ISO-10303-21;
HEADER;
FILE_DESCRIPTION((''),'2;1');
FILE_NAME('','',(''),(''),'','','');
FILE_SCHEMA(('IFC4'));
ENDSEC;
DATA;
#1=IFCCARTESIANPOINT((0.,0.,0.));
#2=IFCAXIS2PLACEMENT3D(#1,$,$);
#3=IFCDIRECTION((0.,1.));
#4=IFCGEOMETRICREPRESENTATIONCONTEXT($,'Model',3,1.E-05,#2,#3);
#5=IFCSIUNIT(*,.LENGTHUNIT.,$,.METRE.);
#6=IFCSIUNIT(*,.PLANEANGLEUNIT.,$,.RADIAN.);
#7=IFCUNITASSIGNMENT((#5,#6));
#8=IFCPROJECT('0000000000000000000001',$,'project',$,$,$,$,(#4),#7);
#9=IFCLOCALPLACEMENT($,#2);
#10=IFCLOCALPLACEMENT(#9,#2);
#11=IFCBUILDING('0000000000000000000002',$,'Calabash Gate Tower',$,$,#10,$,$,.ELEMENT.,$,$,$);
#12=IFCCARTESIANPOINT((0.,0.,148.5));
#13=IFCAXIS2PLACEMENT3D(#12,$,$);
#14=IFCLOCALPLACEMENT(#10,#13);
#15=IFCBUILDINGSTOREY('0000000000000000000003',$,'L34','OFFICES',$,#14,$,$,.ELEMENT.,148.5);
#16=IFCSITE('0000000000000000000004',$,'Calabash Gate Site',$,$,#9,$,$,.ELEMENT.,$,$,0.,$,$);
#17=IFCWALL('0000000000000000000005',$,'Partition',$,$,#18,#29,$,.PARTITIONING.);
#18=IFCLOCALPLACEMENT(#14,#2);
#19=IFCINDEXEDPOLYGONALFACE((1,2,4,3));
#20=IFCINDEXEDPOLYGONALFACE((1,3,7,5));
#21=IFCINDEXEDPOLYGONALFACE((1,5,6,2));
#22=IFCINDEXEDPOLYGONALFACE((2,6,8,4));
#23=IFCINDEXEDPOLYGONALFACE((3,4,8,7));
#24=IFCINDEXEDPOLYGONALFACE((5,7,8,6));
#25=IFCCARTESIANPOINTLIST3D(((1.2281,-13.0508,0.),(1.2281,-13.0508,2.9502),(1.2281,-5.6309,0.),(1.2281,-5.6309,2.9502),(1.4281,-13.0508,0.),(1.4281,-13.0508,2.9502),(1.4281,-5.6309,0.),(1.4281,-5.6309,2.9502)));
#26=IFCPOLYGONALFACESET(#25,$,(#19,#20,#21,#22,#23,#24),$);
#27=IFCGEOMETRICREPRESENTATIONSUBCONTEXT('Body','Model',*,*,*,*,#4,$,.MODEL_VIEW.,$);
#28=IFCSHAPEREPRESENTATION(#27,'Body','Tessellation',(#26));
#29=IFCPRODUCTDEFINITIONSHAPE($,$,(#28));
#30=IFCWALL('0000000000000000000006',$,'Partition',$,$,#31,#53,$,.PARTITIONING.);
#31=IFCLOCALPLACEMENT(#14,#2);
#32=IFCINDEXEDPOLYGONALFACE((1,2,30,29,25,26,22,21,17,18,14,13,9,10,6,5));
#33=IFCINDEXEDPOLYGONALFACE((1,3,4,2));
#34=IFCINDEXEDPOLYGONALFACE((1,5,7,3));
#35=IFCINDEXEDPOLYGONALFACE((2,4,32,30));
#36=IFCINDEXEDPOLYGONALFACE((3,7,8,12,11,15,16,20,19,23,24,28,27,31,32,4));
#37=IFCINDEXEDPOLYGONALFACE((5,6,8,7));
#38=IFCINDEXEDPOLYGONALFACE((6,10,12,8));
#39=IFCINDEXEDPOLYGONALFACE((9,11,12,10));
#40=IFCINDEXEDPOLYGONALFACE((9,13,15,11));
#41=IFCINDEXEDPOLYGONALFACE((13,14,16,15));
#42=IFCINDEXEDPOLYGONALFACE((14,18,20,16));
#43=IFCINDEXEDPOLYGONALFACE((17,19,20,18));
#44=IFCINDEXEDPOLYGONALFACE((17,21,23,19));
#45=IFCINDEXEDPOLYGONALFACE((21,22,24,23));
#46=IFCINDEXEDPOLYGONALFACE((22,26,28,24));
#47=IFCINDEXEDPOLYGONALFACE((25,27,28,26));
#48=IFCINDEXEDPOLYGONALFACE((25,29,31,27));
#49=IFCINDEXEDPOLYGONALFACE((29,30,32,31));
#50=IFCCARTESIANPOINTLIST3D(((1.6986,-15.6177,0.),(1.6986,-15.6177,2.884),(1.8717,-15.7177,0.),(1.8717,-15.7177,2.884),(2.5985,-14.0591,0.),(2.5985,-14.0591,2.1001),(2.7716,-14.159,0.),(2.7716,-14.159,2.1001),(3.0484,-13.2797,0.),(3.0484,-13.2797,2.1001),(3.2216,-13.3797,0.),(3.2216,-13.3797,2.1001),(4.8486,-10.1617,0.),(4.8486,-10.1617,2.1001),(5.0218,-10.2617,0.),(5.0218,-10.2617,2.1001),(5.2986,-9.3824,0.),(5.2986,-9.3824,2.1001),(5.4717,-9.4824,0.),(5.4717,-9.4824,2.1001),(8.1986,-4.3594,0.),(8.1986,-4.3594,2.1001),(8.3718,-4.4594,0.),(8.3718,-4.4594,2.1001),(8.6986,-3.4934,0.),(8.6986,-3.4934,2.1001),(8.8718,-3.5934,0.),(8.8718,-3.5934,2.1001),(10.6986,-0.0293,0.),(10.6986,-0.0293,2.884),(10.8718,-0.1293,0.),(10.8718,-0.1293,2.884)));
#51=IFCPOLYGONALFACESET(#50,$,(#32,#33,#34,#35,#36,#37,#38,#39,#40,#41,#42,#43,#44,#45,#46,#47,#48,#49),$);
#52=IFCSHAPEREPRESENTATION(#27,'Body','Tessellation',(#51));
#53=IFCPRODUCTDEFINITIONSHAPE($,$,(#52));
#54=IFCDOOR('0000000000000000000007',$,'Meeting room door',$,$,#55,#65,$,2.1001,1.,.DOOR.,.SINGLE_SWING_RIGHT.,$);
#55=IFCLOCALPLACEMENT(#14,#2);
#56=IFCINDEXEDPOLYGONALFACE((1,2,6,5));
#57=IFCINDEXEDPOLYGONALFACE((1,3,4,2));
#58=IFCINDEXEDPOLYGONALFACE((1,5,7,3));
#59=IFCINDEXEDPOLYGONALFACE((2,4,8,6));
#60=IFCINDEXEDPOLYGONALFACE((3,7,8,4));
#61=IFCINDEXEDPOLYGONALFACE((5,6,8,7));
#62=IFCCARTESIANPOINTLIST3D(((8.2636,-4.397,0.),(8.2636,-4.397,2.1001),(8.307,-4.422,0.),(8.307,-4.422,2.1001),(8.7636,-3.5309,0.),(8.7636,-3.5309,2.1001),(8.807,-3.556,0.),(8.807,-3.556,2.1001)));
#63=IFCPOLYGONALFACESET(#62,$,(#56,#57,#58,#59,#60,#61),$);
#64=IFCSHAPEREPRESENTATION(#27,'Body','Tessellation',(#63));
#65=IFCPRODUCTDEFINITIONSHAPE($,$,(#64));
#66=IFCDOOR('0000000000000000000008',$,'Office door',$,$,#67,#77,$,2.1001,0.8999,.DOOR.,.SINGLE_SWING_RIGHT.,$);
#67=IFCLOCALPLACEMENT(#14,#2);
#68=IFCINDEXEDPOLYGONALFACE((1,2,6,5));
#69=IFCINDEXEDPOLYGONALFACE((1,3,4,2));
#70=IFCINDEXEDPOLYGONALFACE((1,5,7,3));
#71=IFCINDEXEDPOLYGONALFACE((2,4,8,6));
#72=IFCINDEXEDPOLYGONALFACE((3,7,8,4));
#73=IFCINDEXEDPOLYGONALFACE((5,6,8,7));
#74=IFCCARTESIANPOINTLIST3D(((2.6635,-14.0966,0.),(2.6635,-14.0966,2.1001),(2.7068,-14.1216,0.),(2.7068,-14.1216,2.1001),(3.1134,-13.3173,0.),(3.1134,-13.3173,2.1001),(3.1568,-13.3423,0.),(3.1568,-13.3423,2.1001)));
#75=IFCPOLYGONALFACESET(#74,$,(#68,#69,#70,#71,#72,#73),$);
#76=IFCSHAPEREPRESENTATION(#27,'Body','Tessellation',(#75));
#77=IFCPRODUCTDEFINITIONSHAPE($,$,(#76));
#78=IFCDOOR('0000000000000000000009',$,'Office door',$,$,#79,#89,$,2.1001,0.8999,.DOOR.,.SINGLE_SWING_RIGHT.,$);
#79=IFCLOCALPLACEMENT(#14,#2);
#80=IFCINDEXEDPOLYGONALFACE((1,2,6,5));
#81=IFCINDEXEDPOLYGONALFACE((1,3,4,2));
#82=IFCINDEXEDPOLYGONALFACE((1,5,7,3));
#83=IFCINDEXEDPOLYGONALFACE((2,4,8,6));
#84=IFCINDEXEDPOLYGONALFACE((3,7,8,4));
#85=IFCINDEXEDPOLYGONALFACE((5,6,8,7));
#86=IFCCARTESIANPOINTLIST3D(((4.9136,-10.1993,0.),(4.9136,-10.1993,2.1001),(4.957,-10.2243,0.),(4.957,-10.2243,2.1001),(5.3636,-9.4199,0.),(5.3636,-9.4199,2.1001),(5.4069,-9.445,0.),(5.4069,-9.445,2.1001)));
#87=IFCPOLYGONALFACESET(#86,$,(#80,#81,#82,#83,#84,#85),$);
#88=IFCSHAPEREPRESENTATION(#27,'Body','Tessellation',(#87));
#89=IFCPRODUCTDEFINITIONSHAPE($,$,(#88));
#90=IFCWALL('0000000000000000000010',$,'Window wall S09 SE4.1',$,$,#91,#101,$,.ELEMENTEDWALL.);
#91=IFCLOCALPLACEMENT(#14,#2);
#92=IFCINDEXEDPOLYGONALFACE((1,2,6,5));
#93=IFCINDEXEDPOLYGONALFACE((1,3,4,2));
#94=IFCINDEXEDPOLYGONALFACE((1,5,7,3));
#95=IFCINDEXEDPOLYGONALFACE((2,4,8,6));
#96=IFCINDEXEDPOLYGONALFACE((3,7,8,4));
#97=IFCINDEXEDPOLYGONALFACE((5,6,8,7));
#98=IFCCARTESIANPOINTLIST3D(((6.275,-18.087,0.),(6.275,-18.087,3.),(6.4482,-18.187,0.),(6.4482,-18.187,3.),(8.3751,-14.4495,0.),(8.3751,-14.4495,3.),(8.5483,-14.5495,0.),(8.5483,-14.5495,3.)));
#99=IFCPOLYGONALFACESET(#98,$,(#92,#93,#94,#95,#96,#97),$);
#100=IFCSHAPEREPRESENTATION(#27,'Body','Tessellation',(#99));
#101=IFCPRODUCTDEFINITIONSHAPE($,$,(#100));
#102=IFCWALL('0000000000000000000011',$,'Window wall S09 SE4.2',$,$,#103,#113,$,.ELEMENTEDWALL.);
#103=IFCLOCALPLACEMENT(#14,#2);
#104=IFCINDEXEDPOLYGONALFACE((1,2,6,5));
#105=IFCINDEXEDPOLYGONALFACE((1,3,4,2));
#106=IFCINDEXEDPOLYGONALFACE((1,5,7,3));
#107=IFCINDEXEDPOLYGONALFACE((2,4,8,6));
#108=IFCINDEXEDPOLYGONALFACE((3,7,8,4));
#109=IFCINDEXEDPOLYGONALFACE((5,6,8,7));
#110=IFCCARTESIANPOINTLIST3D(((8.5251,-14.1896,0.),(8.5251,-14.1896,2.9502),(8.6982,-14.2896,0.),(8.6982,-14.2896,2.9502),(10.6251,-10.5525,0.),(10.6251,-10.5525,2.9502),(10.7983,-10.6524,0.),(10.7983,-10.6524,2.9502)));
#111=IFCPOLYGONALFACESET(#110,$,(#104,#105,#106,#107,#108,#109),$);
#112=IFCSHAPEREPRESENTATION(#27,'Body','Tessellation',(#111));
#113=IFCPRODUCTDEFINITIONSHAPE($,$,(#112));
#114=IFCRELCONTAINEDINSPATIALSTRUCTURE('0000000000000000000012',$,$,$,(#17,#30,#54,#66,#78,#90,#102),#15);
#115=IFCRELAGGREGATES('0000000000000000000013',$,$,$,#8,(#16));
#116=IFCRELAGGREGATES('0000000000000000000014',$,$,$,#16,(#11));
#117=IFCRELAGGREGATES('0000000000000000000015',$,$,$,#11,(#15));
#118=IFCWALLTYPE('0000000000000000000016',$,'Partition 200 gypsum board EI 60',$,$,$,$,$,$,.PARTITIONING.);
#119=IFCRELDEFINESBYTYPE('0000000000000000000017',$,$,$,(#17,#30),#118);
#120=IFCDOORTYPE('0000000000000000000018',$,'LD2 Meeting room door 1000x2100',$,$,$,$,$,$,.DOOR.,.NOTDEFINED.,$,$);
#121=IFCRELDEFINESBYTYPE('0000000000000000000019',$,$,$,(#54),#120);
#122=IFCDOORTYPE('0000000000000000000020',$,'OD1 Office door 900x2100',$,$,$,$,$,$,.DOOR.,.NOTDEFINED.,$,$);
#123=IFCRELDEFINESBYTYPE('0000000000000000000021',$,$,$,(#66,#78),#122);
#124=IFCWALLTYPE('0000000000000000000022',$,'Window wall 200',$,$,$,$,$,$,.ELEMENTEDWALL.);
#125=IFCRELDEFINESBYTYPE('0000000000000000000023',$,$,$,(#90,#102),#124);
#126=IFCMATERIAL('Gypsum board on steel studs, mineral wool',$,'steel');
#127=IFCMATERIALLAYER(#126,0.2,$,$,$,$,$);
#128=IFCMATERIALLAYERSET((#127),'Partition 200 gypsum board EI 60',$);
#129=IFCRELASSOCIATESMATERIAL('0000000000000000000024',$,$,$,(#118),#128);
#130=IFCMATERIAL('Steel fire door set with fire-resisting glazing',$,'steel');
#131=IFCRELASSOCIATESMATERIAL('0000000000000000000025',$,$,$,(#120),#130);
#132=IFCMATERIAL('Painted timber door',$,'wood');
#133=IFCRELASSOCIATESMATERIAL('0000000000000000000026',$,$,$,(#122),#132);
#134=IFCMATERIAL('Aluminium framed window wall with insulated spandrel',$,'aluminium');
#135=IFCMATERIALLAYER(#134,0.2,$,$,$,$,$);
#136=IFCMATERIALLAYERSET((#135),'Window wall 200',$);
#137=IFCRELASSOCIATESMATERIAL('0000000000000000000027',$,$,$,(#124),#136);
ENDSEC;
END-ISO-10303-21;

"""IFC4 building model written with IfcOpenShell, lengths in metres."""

from ifc_helpers import new_model, si_unit, direction, frame, frame_2d, origin, place, context, subcontext, project, spatial, rectangle, extrude, material, layer, layer_set, type_object, element, fill, save


model = new_model("IFC4")

# Units and contexts
model_context = context("Model", 3, precision=1e-05, world=origin(), true_north=direction((0.0, 1.0)))
body_context = subcontext(model_context, "Body", "Model", "MODEL_VIEW")
ifc_project = project(units=[si_unit("LENGTHUNIT", "METRE"), si_unit("PLANEANGLEUNIT", "RADIAN")], contexts=[model_context])

# Site, building, storey
site_placement = place(None, origin())
site = spatial("IfcSite", under=ifc_project, at=site_placement, Name="Calabash Gate Site", CompositionType="ELEMENT", RefElevation=0.0)
building_placement = place(site_placement, origin())
building = spatial("IfcBuilding", under=site, at=building_placement, Name="Calabash Gate Tower", CompositionType="ELEMENT")
storey_placement = place(building_placement, frame((0.0, 0.0, 148.5)))
storey = spatial("IfcBuildingStorey", under=building, at=storey_placement, Name="L34", Description="OFFICES", CompositionType="ELEMENT", Elevation=148.5)

# Shared definitions
ifc_material_1 = material(Name="Gypsum board on steel studs, mineral wool", Category="steel")
ifc_layer_1 = layer(ifc_material_1, 0.2)
ifc_layer_set_1 = layer_set([ifc_layer_1], Name="Partition 200 gypsum board EI 60")
wall_type_1 = type_object("IfcWallType", Name="Partition 200 gypsum board EI 60", PredefinedType="PARTITIONING", material=ifc_layer_set_1)

# Wall
wall_1_placement = place(storey_placement, frame((1.3281, -13.0508, 0.0), z_axis=(0.0, 0.0, 1.0), x_axis=(0.0, 1.0, 0.0)))
element("IfcWall", 1, at=wall_1_placement, inside=storey, type_object=wall_type_1, Name="Partition", PredefinedType="PARTITIONING", context=body_context, shape_type="SweptSolid", body=[
    extrude(rectangle(XDim=7.4199, YDim=0.2, at=frame_2d((3.71, 0.0))), origin(), (0.0, 0.0, 1.0), 2.9502),
])

# Wall, openings, doors
wall_2_placement = place(storey_placement, frame((1.7852, -15.6677, 0.0), z_axis=(0.0, 0.0, 1.0), x_axis=(0.500002, 0.866024, 0.0)))
wall_2 = element("IfcWall", 2, at=wall_2_placement, inside=storey, type_object=wall_type_1, Name="Partition", PredefinedType="PARTITIONING", context=body_context, shape_type="SweptSolid", body=[
    extrude(rectangle(XDim=18.0, YDim=0.2, at=frame_2d((9.0, 0.0))), origin(), (0.0, 0.0, 1.0), 2.884),
])
opening_1_placement = place(wall_2_placement, frame((1.7998, 0.0, 0.0)))
opening_1 = element("IfcOpeningElement", 3, at=opening_1_placement, cuts=wall_2, PredefinedType="OPENING", context=body_context, shape_type="SweptSolid", body=[
    extrude(rectangle(XDim=0.8999, YDim=2.1001, at=frame_2d((0.45, 1.05))), frame((0.0, 0.1099, 0.0), z_axis=(0.0, -1.0, 0.0), x_axis=(1.0, 0.0, 0.0)), (0.0, 0.0, 1.0), 0.22),
])
opening_2_placement = place(wall_2_placement, frame((6.3, 0.0, 0.0)))
opening_2 = element("IfcOpeningElement", 4, at=opening_2_placement, cuts=wall_2, PredefinedType="OPENING", context=body_context, shape_type="SweptSolid", body=[
    extrude(rectangle(XDim=0.8999, YDim=2.1001, at=frame_2d((0.45, 1.05))), frame((0.0, 0.1099, 0.0), z_axis=(0.0, -1.0, 0.0), x_axis=(1.0, 0.0, 0.0)), (0.0, 0.0, 1.0), 0.22),
])
opening_3_placement = place(wall_2_placement, frame((13.0, 0.0, 0.0)))
opening_3 = element("IfcOpeningElement", 5, at=opening_3_placement, cuts=wall_2, PredefinedType="OPENING", context=body_context, shape_type="SweptSolid", body=[
    extrude(rectangle(XDim=1.0, YDim=2.1001, at=frame_2d((0.5, 1.05))), frame((0.0, 0.1099, 0.0), z_axis=(0.0, -1.0, 0.0), x_axis=(1.0, 0.0, 0.0)), (0.0, 0.0, 1.0), 0.22),
])
ifc_material_2 = material(Name="Steel fire door set with fire-resisting glazing", Category="steel")
door_type_1 = type_object("IfcDoorType", Name="LD2 Meeting room door 1000x2100", OperationType="NOTDEFINED", PredefinedType="DOOR", material=ifc_material_2)
door_1_placement = place(opening_3_placement, origin())
door_1 = element("IfcDoor", 6, at=door_1_placement, inside=storey, type_object=door_type_1, Name="Meeting room door", OperationType="SINGLE_SWING_RIGHT", OverallHeight=2.1001, OverallWidth=1.0, PredefinedType="DOOR", context=body_context, shape_type="SweptSolid", body=[
    extrude(rectangle(XDim=1.0, YDim=2.1001, at=frame_2d((0.5, 1.05))), frame((0.0, 0.0249, 0.0), z_axis=(0.0, -1.0, 0.0), x_axis=(1.0, 0.0, 0.0)), (0.0, 0.0, 1.0), 0.05),
])
fill(opening_3, door_1)
ifc_material_3 = material(Name="Painted timber door", Category="wood")
door_type_2 = type_object("IfcDoorType", Name="OD1 Office door 900x2100", OperationType="NOTDEFINED", PredefinedType="DOOR", material=ifc_material_3)
door_2_placement = place(opening_1_placement, origin())
door_2 = element("IfcDoor", 7, at=door_2_placement, inside=storey, type_object=door_type_2, Name="Office door", OperationType="SINGLE_SWING_RIGHT", OverallHeight=2.1001, OverallWidth=0.8999, PredefinedType="DOOR", context=body_context, shape_type="SweptSolid", body=[
    extrude(rectangle(XDim=0.8999, YDim=2.1001, at=frame_2d((0.45, 1.05))), frame((0.0, 0.0249, 0.0), z_axis=(0.0, -1.0, 0.0), x_axis=(1.0, 0.0, 0.0)), (0.0, 0.0, 1.0), 0.05),
])
fill(opening_1, door_2)
door_3_placement = place(opening_2_placement, origin())
door_3 = element("IfcDoor", 8, at=door_3_placement, inside=storey, type_object=door_type_2, Name="Office door", OperationType="SINGLE_SWING_RIGHT", OverallHeight=2.1001, OverallWidth=0.8999, PredefinedType="DOOR", context=body_context, shape_type="SweptSolid", body=[
    extrude(rectangle(XDim=0.8999, YDim=2.1001, at=frame_2d((0.45, 1.05))), frame((0.0, 0.0249, 0.0), z_axis=(0.0, -1.0, 0.0), x_axis=(1.0, 0.0, 0.0)), (0.0, 0.0, 1.0), 0.05),
])
fill(opening_2, door_3)

# Walls
ifc_material_4 = material(Name="Aluminium framed window wall with insulated spandrel", Category="aluminium")
ifc_layer_2 = layer(ifc_material_4, 0.2)
ifc_layer_set_2 = layer_set([ifc_layer_2], Name="Window wall 200")
wall_type_2 = type_object("IfcWallType", Name="Window wall 200", PredefinedType="ELEMENTEDWALL", material=ifc_layer_set_2)
wall_3_placement = place(storey_placement, frame((6.3616, -18.137, 0.0), z_axis=(0.0, 0.0, 1.0), x_axis=(0.500003, 0.866024, 0.0)))
element("IfcWall", 9, at=wall_3_placement, inside=storey, type_object=wall_type_2, Name="Window wall S09 SE4.1", PredefinedType="ELEMENTEDWALL", context=body_context, shape_type="SweptSolid", body=[
    extrude(rectangle(XDim=4.2002, YDim=0.2, at=frame_2d((2.1001, 0.0))), origin(), (0.0, 0.0, 1.0), 3.0),
])
wall_4_placement = place(storey_placement, frame((8.6116, -14.2397, 0.0), z_axis=(0.0, 0.0, 1.0), x_axis=(0.500028, 0.866009, 0.0)))
element("IfcWall", 10, at=wall_4_placement, inside=storey, type_object=wall_type_2, Name="Window wall S09 SE4.2", PredefinedType="ELEMENTEDWALL", context=body_context, shape_type="SweptSolid", body=[
    extrude(rectangle(XDim=4.2, YDim=0.2, at=frame_2d((2.1001, 0.0))), origin(), (0.0, 0.0, 1.0), 2.9502),
])

save(model, "model.ifc")
